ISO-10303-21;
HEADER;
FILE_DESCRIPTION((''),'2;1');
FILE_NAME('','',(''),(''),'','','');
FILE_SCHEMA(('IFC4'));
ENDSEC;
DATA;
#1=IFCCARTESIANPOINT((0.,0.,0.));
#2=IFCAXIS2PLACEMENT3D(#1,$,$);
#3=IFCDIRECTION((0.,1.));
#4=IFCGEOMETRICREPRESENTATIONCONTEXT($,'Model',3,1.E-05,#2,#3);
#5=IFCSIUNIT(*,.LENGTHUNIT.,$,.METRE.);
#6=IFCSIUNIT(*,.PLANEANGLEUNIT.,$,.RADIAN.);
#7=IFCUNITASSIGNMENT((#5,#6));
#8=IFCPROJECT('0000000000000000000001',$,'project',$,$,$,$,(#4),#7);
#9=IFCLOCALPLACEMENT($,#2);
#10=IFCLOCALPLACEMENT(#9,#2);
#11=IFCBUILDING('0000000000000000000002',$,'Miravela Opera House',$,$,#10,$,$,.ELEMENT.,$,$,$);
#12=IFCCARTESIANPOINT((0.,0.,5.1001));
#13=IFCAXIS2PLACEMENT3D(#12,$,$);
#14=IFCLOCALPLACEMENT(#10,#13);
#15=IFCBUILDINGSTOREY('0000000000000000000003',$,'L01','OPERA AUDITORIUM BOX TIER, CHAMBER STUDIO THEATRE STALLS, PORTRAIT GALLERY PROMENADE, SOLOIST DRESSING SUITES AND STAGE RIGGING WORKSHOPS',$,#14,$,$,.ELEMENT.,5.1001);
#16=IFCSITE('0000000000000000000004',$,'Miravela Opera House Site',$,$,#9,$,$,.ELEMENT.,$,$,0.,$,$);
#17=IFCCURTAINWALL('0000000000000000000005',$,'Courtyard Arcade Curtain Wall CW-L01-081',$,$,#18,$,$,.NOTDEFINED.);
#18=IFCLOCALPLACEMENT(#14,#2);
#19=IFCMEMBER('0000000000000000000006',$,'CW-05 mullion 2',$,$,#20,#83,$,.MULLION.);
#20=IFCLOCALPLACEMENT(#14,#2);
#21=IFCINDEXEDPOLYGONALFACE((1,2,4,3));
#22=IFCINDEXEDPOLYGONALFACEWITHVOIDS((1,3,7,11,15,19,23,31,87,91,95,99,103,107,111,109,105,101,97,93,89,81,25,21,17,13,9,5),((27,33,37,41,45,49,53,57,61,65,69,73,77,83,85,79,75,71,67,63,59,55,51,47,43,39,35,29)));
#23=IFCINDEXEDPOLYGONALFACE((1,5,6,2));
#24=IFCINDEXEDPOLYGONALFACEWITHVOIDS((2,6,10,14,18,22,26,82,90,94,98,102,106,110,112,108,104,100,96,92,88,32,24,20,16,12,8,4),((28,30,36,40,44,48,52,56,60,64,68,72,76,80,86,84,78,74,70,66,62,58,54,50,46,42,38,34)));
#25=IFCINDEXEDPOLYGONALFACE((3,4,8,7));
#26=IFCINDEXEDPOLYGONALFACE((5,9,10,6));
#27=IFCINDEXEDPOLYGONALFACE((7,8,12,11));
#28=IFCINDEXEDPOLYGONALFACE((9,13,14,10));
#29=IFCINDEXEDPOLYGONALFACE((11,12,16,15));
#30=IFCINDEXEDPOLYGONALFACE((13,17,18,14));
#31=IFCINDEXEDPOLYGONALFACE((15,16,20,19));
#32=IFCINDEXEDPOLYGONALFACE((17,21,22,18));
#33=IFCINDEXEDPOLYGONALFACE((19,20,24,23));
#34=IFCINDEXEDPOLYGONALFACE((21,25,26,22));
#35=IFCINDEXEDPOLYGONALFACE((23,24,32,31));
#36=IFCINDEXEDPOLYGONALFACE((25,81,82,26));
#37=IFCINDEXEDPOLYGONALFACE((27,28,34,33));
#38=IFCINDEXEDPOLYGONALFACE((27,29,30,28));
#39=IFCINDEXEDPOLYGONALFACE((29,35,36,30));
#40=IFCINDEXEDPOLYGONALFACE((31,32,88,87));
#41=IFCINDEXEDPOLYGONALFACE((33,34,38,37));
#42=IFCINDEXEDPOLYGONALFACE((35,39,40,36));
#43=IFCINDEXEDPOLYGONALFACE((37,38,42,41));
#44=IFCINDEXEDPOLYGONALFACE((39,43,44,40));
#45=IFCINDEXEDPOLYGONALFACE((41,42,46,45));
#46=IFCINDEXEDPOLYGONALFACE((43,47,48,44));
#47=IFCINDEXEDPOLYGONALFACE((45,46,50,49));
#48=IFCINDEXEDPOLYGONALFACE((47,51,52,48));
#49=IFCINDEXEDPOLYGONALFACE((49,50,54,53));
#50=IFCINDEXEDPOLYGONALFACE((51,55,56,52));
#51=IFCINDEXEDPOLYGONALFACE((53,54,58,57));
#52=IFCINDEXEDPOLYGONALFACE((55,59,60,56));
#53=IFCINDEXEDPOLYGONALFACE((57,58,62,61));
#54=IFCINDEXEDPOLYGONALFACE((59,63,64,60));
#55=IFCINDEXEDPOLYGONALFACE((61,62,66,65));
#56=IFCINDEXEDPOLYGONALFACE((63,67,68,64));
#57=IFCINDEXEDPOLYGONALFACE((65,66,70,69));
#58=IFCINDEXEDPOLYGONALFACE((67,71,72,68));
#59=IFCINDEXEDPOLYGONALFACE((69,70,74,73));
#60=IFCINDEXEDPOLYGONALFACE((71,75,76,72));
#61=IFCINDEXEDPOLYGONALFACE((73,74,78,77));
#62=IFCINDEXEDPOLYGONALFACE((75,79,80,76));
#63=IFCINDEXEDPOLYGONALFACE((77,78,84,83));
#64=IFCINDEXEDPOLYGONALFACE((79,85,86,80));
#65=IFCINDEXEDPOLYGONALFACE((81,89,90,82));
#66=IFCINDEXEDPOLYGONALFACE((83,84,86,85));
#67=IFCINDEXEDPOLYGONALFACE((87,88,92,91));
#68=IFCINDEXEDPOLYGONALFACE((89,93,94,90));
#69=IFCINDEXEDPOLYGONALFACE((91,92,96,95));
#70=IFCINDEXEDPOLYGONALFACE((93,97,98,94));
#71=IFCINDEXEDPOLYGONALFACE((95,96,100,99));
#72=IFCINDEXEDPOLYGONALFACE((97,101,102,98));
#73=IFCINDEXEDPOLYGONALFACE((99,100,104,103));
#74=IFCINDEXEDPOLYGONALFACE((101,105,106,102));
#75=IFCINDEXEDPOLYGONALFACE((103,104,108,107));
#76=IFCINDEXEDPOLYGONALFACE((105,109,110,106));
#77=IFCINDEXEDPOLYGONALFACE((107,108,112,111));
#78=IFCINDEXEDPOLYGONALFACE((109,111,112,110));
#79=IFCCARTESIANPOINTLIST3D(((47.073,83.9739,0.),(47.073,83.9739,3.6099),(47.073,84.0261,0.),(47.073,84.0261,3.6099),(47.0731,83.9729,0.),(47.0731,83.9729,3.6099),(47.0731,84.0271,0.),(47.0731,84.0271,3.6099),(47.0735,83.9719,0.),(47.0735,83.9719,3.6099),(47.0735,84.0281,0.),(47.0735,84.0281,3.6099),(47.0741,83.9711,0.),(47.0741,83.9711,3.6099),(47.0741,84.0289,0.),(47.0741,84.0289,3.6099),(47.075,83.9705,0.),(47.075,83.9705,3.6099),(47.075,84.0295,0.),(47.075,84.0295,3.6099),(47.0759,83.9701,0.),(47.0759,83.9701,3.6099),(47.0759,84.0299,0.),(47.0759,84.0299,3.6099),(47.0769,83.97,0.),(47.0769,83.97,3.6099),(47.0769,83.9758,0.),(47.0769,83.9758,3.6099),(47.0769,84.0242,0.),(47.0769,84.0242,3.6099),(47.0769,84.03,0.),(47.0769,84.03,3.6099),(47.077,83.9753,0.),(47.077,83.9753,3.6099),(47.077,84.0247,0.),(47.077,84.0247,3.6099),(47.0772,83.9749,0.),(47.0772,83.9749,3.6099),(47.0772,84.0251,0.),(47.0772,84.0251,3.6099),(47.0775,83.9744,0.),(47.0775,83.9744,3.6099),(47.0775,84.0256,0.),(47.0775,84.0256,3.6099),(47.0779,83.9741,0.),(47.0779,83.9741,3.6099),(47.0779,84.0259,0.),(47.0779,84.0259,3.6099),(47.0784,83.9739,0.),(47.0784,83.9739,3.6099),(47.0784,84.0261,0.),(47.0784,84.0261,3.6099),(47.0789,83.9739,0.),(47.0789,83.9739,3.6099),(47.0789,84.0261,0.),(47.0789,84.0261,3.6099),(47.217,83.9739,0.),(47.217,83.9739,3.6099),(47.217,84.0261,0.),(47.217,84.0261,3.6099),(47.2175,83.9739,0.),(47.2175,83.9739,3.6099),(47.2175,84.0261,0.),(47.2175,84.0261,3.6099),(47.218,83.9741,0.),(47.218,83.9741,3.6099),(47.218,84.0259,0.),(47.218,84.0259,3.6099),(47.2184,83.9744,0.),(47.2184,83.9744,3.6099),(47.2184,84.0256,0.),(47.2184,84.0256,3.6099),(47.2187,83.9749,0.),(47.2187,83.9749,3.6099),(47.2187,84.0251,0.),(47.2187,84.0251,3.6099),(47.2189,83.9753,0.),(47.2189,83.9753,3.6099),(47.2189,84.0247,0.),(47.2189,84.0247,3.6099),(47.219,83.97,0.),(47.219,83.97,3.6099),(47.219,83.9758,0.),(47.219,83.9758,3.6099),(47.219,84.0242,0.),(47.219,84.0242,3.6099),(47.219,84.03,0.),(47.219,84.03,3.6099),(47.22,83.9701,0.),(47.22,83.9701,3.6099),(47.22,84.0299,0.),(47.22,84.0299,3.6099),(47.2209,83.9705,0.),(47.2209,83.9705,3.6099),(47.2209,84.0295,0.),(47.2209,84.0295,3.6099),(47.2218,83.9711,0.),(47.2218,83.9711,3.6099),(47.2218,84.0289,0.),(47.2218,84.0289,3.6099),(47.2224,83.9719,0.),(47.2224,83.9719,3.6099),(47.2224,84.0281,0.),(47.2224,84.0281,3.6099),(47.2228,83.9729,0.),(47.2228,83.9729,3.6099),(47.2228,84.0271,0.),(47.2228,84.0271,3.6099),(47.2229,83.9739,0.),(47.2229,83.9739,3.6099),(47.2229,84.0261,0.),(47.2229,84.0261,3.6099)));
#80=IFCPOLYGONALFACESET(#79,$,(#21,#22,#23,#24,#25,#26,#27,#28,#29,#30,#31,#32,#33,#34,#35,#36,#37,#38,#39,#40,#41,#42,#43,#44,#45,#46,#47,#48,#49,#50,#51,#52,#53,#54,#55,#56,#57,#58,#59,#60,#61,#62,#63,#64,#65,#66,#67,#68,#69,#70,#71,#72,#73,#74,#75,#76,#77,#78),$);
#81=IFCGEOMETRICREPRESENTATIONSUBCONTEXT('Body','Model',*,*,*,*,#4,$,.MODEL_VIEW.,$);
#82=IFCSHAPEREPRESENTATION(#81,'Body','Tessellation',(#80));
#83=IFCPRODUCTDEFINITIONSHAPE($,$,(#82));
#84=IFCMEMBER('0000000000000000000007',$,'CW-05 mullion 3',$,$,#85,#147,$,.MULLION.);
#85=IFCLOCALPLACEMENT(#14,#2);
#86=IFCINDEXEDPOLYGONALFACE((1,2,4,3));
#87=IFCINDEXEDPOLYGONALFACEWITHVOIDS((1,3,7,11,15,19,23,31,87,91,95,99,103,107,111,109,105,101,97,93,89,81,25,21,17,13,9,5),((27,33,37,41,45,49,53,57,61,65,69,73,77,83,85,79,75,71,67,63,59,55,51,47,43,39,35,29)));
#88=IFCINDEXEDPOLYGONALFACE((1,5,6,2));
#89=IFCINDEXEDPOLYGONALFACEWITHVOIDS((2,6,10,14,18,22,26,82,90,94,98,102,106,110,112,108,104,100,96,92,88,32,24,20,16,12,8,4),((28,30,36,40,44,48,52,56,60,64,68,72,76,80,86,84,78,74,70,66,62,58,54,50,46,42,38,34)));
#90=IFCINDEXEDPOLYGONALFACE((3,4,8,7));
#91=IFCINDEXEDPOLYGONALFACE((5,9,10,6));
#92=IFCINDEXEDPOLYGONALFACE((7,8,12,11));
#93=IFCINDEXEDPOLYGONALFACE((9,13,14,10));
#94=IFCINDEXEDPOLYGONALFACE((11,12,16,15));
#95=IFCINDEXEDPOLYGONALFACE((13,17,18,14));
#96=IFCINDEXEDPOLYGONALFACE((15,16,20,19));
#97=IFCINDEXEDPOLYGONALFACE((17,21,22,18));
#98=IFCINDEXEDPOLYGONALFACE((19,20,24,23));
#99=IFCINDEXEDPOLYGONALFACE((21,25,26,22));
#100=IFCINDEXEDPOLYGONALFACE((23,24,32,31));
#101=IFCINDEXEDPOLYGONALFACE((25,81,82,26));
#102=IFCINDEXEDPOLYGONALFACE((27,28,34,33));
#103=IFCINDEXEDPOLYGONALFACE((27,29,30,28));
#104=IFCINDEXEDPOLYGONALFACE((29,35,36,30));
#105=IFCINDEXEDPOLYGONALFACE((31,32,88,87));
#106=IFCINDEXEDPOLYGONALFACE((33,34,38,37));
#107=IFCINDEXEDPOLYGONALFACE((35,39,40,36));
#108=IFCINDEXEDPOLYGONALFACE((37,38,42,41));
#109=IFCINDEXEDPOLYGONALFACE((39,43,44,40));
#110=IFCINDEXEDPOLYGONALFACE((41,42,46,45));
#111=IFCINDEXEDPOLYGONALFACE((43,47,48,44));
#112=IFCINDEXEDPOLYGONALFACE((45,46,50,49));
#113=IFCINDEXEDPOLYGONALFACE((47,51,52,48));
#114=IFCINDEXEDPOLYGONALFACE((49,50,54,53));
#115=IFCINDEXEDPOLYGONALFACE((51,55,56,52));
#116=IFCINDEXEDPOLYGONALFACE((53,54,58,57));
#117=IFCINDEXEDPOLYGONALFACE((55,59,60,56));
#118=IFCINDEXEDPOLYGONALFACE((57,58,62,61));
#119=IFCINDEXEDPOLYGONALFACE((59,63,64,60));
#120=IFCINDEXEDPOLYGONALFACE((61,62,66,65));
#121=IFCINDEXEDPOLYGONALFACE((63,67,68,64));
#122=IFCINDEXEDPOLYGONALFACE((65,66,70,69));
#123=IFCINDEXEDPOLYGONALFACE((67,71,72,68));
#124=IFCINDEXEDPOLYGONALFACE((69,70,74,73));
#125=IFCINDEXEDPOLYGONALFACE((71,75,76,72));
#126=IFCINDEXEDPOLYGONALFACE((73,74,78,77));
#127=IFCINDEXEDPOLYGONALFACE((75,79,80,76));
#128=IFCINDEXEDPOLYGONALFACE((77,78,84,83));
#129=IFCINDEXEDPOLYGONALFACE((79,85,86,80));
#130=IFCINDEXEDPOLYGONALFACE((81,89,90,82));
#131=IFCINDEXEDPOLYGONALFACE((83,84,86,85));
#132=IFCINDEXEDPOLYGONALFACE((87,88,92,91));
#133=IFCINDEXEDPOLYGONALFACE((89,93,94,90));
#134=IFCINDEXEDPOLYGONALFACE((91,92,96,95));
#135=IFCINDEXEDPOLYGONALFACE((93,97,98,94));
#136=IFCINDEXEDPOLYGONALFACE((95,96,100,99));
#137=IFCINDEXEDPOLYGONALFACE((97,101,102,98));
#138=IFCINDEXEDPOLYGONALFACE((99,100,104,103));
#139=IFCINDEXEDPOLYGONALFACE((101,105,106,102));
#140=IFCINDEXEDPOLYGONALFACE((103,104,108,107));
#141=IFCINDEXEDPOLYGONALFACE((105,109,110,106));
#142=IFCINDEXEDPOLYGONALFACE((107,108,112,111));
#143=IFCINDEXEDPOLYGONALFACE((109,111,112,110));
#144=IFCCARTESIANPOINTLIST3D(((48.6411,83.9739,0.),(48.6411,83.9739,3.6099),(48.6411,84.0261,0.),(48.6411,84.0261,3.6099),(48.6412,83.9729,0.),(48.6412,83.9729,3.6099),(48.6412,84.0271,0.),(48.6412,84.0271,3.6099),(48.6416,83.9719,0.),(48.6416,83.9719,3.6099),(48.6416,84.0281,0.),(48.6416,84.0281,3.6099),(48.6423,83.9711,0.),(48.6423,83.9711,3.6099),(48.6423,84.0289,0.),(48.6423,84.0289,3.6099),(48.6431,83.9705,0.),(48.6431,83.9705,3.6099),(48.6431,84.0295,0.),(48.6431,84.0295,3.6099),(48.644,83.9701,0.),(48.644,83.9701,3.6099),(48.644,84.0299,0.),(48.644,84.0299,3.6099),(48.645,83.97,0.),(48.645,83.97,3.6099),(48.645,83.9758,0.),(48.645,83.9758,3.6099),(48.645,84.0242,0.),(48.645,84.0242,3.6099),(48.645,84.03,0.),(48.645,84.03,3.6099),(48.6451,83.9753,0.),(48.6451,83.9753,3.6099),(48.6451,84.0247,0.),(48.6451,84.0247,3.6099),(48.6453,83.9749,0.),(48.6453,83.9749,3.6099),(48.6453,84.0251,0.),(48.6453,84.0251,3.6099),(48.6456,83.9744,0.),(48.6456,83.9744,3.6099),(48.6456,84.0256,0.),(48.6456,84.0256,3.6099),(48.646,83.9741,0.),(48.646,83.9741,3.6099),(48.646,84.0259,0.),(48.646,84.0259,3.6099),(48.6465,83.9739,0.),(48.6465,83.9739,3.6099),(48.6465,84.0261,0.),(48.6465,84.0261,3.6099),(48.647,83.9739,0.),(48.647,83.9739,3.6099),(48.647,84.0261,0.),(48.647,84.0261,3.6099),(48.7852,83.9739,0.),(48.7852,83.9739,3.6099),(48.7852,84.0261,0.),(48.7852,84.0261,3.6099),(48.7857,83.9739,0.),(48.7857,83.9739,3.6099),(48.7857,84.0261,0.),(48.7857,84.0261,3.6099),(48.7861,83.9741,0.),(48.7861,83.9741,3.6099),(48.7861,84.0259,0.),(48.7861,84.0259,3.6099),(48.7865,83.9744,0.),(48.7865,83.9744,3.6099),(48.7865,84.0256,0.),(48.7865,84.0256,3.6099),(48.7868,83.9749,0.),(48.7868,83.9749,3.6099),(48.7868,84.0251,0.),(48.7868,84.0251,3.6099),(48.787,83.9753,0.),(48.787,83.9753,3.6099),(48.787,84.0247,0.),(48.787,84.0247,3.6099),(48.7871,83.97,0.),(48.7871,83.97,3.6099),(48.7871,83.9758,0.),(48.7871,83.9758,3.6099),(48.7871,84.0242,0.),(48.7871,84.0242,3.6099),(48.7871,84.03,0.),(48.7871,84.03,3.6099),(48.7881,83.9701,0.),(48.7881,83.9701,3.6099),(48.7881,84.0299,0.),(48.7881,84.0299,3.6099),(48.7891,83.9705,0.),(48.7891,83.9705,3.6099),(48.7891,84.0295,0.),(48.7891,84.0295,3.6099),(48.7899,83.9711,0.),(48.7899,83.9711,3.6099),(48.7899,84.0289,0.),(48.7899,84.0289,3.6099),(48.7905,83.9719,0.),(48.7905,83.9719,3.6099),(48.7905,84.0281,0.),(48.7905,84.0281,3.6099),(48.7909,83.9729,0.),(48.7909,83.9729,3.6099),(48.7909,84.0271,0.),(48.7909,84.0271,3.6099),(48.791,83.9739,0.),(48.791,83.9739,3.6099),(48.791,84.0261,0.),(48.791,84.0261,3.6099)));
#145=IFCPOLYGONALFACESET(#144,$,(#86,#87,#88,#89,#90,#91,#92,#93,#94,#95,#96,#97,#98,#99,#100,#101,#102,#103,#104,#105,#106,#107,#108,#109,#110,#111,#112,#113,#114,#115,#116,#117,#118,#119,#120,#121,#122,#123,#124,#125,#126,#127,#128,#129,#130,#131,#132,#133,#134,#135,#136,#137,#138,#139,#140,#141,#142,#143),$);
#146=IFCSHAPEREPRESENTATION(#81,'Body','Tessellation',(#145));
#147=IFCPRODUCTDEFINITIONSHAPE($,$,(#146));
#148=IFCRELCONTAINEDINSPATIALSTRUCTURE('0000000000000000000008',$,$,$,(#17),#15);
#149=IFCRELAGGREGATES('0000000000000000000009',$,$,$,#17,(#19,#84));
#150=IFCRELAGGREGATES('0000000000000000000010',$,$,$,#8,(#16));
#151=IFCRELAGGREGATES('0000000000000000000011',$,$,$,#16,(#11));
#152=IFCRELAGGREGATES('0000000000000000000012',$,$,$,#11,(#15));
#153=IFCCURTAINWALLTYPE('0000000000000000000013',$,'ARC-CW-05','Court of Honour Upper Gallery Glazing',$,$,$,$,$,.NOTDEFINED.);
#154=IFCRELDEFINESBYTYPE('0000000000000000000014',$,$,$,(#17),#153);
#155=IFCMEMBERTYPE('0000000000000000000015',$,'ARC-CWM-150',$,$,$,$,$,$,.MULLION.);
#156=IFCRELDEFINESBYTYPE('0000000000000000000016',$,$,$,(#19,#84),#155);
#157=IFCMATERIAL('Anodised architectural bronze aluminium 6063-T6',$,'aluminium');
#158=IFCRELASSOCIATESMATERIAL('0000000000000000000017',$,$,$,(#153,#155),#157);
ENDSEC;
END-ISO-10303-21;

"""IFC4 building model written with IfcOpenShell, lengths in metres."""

from ifc_helpers import new_model, si_unit, direction, frame, origin, origin_2d, place, context, subcontext, project, spatial, hollow_rectangle, extrude, material, material_profile, profile_set, type_object, element, aggregate, save


model = new_model("IFC4")

# Units and contexts
model_context = context("Model", 3, precision=1e-05, world=origin(), true_north=direction((0.0, 1.0)))
body_context = subcontext(model_context, "Body", "Model", "MODEL_VIEW")
ifc_project = project(units=[si_unit("LENGTHUNIT", "METRE"), si_unit("PLANEANGLEUNIT", "RADIAN")], contexts=[model_context])

# Site, building, storey
site_placement = place(None, origin())
site = spatial("IfcSite", under=ifc_project, at=site_placement, Name="Miravela Opera House Site", CompositionType="ELEMENT", RefElevation=0.0)
building_placement = place(site_placement, origin())
building = spatial("IfcBuilding", under=site, at=building_placement, Name="Miravela Opera House", CompositionType="ELEMENT")
storey_placement = place(building_placement, frame((0.0, 0.0, 5.1001)))
storey = spatial("IfcBuildingStorey", under=building, at=storey_placement, Name="L01", Description="OPERA AUDITORIUM BOX TIER, CHAMBER STUDIO THEATRE STALLS, PORTRAIT GALLERY PROMENADE, SOLOIST DRESSING SUITES AND STAGE RIGGING WORKSHOPS", CompositionType="ELEMENT", Elevation=5.1001)

# Shared definitions
ifc_material_1 = material(Name="Anodised architectural bronze aluminium 6063-T6", Category="aluminium")
curtain_wall_type = type_object("IfcCurtainWallType", Name="ARC-CW-05", Description="Court of Honour Upper Gallery Glazing", PredefinedType="NOTDEFINED", material=ifc_material_1)
ifc_material_profile_1 = material_profile(ifc_material_1, hollow_rectangle(XDim=0.0601, YDim=0.1499, WallThickness=0.0039, InnerFilletRadius=0.002, OuterFilletRadius=0.0039, at=origin_2d()), Name="CWM-60X150")
ifc_profile_set_1 = profile_set([ifc_material_profile_1])
member_type_1 = type_object("IfcMemberType", Name="ARC-CWM-150", PredefinedType="MULLION", material=ifc_profile_set_1)

# Curtain wall, members
curtain_wall_1_placement = place(storey_placement, origin())
curtain_wall_1 = element("IfcCurtainWall", 1, at=curtain_wall_1_placement, inside=storey, type_object=curtain_wall_type, Name="Courtyard Arcade Curtain Wall CW-L01-081", PredefinedType="NOTDEFINED")
member_1_placement = place(storey_placement, frame((47.1479, 84.0, 0.0), z_axis=(0.0, 0.0, 1.0), x_axis=(0.0, 1.0, 0.0)))
member_1 = element("IfcMember", 2, at=member_1_placement, type_object=member_type_1, Name="CW-05 mullion 2", PredefinedType="MULLION", context=body_context, shape_type="SweptSolid", body=[
    extrude(hollow_rectangle(XDim=0.0601, YDim=0.1499, WallThickness=0.0039, InnerFilletRadius=0.002, OuterFilletRadius=0.0039, at=origin_2d()), origin(), (0.0, 0.0, 1.0), 3.6099),
])
member_2_placement = place(storey_placement, frame((48.7161, 84.0, 0.0), z_axis=(0.0, 0.0, 1.0), x_axis=(0.0, 1.0, 0.0)))
member_2 = element("IfcMember", 3, at=member_2_placement, type_object=member_type_1, Name="CW-05 mullion 3", PredefinedType="MULLION", context=body_context, shape_type="SweptSolid", body=[
    extrude(hollow_rectangle(XDim=0.0601, YDim=0.1499, WallThickness=0.0039, InnerFilletRadius=0.002, OuterFilletRadius=0.0039, at=origin_2d()), origin(), (0.0, 0.0, 1.0), 3.6099),
])

aggregate(curtain_wall_1, [member_1, member_2])

save(model, "model.ifc")
